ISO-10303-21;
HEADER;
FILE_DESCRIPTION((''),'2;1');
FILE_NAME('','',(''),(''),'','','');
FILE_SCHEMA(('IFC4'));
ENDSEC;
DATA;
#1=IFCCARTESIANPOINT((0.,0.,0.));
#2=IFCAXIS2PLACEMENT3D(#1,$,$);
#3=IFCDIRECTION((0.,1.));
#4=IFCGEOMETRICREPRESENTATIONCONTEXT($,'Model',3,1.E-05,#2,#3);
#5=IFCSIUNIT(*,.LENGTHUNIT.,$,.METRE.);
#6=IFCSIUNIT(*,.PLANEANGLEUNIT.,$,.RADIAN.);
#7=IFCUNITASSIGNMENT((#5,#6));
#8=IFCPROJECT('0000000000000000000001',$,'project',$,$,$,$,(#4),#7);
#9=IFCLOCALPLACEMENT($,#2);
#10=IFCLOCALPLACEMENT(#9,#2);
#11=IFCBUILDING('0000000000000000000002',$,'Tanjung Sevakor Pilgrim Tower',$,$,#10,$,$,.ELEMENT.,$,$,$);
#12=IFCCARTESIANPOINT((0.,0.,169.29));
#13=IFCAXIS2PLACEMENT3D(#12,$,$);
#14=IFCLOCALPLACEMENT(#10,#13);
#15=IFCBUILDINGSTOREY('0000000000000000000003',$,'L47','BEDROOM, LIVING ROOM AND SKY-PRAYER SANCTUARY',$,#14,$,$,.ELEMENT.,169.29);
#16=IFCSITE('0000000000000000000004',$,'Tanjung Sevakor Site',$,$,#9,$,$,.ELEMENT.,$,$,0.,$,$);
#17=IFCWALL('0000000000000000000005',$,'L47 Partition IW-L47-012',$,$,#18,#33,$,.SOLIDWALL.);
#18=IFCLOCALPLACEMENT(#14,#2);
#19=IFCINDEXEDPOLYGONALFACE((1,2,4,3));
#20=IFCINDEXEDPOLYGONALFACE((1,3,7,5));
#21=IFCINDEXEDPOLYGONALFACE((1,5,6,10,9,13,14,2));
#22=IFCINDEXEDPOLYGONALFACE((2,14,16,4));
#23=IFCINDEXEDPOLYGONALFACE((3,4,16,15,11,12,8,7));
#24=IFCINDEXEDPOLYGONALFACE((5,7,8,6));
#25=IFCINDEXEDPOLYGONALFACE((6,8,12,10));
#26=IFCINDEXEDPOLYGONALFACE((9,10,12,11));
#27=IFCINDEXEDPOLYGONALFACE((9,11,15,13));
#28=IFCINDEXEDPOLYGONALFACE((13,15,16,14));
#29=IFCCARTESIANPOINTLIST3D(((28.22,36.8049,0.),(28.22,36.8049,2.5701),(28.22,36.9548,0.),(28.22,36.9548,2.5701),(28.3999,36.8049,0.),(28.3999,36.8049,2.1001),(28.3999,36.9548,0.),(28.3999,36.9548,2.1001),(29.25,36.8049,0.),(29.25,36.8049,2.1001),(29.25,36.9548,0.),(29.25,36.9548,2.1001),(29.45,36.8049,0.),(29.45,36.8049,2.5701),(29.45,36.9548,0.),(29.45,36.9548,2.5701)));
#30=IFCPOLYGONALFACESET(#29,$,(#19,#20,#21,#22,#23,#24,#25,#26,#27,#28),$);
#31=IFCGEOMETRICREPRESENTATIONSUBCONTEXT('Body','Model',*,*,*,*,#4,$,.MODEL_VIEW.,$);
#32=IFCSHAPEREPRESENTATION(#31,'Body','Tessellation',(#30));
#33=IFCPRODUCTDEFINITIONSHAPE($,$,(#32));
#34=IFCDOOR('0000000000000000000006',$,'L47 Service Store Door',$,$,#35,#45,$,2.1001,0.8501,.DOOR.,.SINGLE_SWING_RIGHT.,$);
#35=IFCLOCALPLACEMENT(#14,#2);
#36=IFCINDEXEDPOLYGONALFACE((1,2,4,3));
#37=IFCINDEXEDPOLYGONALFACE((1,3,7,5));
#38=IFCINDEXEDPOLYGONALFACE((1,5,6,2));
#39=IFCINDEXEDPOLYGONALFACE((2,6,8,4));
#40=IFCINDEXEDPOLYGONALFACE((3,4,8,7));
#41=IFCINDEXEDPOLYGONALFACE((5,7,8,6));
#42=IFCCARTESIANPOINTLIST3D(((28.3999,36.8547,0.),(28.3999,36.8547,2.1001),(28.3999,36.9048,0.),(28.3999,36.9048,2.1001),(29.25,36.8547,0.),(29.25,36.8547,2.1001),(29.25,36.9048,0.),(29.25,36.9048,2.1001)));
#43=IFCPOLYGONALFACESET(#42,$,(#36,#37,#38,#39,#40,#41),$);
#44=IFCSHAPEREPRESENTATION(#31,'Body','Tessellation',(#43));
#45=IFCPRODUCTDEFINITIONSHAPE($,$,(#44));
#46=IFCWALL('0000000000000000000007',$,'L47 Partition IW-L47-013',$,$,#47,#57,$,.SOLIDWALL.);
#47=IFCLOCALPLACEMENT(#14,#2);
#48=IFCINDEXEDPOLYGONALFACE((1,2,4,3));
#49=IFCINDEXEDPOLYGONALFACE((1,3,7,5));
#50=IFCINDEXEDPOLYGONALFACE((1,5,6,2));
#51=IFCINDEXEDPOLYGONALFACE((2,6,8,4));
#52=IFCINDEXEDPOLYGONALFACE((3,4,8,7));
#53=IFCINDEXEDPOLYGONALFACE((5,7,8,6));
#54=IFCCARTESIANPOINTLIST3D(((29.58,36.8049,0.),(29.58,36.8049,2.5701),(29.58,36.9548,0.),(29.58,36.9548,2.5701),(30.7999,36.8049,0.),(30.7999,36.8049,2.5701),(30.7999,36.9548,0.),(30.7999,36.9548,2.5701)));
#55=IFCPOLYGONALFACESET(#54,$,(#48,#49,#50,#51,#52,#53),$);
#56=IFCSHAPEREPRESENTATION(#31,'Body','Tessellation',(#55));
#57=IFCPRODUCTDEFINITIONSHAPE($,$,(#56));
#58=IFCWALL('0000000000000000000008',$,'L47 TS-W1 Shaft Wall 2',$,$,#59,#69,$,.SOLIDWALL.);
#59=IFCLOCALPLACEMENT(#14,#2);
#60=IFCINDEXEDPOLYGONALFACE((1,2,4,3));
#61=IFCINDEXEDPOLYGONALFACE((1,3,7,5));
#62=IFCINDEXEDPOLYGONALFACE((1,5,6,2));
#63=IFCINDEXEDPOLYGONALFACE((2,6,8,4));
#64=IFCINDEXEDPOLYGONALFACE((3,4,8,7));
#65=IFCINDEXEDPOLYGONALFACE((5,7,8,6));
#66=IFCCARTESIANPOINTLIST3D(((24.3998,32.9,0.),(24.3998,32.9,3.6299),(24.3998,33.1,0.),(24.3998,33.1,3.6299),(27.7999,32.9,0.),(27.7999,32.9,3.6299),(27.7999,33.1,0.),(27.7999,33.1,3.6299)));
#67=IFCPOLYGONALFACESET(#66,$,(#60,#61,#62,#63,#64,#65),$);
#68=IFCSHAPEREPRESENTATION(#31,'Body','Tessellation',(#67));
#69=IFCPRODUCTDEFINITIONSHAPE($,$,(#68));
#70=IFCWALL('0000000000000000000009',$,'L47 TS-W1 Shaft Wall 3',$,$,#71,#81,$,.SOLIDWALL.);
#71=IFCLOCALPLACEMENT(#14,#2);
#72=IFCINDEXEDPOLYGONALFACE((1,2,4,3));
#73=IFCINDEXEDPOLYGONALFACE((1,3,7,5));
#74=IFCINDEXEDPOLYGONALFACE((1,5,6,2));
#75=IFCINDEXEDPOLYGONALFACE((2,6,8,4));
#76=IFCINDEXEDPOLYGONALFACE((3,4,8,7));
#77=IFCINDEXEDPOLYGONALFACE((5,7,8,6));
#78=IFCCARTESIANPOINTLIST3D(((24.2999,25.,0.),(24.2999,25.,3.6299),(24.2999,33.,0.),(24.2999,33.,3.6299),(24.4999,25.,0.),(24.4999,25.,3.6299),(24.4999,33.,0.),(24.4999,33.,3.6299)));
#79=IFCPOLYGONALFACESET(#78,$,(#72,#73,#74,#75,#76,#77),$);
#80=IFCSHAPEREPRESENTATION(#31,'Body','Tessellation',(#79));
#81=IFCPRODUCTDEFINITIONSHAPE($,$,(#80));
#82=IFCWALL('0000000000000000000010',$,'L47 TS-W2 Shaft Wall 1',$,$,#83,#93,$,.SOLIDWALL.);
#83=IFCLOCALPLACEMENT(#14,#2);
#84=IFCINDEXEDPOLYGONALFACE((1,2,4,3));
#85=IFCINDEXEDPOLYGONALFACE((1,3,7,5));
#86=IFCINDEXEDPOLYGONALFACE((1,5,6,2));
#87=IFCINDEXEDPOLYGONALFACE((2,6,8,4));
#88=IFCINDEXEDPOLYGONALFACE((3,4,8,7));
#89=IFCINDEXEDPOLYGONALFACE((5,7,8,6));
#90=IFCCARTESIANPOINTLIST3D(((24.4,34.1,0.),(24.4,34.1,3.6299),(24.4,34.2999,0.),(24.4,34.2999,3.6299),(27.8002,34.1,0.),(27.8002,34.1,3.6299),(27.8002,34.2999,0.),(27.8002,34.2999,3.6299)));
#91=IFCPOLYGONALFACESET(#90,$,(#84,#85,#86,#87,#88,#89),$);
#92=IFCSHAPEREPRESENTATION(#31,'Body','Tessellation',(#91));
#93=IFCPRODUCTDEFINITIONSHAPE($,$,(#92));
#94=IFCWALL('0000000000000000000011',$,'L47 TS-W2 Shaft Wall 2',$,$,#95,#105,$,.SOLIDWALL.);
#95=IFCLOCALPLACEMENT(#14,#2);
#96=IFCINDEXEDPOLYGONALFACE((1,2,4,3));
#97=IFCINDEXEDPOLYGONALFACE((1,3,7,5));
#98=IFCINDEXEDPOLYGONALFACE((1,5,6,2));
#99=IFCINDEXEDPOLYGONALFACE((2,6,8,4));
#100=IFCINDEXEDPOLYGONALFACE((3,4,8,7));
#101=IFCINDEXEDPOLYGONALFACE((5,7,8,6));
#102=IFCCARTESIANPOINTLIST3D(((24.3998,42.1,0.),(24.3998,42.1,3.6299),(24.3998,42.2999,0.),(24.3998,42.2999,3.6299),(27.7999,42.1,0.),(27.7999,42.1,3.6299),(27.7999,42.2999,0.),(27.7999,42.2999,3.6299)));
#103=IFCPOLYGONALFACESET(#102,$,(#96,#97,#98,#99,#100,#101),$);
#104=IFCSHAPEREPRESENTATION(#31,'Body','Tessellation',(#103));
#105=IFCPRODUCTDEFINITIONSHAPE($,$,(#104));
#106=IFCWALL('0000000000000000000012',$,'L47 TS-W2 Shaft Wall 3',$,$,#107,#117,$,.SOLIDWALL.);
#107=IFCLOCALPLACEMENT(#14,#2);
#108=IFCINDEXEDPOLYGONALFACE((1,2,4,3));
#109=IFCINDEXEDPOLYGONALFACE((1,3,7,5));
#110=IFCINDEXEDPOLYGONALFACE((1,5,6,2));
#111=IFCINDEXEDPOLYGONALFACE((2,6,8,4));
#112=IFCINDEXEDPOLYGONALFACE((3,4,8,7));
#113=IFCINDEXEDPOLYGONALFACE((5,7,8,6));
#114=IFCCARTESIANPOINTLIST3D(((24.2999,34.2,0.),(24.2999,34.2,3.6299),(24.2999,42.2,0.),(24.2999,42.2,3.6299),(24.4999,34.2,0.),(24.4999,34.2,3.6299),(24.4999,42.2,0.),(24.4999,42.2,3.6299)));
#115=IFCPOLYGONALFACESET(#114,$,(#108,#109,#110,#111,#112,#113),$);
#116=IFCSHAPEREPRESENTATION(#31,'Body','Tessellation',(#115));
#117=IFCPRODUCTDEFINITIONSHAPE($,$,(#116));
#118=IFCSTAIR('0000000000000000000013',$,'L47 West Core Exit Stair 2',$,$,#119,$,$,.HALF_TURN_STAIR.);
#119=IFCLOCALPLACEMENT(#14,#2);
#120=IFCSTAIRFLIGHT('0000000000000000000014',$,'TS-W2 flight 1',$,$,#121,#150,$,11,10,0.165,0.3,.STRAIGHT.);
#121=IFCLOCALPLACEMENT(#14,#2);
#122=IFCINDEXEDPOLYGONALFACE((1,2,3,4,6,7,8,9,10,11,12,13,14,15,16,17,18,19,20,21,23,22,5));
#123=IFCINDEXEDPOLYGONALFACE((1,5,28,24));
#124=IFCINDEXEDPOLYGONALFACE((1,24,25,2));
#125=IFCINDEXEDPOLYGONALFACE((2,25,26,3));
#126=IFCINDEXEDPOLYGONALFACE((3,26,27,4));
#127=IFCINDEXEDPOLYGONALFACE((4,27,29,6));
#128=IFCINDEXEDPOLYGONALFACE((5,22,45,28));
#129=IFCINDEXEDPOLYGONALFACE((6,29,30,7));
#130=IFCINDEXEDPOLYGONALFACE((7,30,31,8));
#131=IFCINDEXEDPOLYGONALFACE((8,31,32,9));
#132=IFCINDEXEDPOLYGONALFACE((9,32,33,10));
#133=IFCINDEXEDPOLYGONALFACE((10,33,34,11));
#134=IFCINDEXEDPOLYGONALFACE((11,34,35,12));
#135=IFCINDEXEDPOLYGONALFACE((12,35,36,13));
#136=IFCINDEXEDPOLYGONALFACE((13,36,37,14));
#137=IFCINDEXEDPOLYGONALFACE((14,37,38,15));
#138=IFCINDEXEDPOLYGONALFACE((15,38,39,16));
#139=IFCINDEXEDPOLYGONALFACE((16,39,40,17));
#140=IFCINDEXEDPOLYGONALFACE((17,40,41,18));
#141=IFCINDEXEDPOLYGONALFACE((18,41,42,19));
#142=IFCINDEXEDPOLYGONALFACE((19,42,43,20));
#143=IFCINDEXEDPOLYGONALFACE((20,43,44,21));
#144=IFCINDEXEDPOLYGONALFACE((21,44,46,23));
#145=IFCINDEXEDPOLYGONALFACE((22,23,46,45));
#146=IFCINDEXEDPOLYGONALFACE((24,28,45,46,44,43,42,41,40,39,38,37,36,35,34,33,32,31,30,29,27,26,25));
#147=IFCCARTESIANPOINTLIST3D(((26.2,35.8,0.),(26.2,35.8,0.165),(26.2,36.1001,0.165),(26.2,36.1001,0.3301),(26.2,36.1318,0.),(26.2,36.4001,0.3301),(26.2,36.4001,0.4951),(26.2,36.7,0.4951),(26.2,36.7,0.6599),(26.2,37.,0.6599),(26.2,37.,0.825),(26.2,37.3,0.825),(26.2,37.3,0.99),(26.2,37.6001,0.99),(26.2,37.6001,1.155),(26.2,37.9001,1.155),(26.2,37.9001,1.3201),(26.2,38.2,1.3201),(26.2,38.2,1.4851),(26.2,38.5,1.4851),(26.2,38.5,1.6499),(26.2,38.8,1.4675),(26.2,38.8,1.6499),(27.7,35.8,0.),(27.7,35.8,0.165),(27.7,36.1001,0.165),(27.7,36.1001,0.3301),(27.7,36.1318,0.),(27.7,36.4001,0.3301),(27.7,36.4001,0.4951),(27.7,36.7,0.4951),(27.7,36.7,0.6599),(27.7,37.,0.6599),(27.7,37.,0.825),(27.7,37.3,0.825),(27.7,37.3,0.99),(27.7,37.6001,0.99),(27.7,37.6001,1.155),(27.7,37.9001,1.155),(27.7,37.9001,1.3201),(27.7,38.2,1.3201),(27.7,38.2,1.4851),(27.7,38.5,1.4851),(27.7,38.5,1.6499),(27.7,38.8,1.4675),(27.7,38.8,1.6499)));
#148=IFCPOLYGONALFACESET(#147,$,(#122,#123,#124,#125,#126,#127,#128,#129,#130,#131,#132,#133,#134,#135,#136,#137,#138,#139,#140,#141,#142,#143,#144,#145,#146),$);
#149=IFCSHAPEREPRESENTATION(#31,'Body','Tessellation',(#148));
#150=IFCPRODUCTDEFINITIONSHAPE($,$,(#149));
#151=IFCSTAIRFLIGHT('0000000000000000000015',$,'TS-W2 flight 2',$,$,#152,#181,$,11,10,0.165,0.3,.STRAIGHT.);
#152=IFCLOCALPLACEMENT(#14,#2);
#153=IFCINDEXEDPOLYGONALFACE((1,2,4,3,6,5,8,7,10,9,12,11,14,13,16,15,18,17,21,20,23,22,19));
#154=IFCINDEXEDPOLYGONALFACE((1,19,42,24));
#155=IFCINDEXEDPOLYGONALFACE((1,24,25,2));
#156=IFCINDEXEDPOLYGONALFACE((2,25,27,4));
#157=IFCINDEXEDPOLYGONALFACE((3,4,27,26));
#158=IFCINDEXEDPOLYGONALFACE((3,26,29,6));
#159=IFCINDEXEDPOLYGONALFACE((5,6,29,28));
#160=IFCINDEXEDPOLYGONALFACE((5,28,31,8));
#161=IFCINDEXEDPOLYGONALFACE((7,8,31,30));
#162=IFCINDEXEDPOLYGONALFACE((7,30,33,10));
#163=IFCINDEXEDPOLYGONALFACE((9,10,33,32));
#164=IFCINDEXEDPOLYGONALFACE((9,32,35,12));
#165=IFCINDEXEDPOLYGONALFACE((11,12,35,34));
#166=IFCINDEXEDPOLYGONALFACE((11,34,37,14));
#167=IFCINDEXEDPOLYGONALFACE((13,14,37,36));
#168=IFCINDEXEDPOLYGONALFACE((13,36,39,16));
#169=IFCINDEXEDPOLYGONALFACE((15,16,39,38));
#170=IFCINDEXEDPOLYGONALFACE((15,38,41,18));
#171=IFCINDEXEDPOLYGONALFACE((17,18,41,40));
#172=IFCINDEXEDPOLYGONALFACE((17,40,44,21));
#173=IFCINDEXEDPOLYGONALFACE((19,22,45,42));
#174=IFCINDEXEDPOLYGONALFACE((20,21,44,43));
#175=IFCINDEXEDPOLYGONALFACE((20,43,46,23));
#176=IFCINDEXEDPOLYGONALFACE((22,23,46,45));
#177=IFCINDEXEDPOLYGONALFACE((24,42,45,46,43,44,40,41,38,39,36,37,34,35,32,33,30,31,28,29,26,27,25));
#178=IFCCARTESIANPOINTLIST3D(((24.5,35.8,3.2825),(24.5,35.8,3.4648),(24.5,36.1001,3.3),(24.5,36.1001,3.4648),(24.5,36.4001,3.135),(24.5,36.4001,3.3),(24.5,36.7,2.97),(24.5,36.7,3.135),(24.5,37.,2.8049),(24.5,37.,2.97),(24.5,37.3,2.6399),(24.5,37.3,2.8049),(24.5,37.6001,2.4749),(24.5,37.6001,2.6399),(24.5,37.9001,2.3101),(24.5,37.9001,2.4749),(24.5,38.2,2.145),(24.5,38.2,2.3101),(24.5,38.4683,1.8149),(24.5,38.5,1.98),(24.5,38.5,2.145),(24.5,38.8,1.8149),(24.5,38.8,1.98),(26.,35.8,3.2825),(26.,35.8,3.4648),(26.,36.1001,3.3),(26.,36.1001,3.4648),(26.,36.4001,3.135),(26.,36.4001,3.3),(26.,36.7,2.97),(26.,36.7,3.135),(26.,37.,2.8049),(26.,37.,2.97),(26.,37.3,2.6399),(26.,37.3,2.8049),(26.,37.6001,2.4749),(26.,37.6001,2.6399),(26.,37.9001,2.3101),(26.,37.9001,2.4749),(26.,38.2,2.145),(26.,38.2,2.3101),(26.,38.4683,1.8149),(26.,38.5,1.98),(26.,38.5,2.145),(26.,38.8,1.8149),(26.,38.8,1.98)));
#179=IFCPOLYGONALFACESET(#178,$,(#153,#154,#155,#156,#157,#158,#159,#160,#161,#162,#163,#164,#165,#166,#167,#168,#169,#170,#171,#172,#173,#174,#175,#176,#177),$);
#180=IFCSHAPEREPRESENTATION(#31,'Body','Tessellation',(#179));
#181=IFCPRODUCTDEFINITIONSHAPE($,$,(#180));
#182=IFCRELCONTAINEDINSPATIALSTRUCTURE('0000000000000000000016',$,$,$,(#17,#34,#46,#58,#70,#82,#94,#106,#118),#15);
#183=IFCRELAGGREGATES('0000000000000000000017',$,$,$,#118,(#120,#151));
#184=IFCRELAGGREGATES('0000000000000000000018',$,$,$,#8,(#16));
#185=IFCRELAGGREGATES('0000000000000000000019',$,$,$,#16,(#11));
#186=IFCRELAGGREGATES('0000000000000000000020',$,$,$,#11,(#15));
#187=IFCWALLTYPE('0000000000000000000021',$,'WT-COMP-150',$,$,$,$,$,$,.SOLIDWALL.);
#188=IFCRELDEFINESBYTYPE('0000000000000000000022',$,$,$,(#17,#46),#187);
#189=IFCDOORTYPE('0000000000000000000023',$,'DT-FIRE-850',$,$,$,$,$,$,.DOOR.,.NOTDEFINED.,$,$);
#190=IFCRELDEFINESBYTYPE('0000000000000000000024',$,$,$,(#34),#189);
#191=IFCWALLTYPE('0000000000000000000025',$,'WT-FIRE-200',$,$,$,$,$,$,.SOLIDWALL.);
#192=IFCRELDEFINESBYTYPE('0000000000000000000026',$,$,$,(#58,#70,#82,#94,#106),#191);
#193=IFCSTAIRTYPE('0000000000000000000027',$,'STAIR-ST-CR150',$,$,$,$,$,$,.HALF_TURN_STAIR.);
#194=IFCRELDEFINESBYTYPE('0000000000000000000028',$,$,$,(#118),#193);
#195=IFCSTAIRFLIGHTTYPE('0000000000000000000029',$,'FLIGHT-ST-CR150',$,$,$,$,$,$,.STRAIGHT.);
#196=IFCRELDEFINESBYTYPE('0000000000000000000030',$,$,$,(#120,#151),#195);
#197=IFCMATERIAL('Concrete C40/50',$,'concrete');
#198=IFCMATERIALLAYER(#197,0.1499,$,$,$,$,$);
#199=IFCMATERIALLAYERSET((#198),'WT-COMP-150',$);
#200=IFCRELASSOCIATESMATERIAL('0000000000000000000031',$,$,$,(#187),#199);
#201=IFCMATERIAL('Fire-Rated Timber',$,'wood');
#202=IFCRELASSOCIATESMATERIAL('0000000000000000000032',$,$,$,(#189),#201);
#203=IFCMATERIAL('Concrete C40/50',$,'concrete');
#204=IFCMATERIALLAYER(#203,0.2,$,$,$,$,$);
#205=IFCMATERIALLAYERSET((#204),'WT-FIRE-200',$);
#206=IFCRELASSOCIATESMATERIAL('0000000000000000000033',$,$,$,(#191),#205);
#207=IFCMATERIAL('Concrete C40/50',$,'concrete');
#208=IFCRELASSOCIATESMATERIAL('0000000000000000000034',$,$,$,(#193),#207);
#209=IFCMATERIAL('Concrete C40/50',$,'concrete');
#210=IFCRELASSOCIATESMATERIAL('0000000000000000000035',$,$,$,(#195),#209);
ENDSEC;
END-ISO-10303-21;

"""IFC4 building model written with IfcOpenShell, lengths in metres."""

from ifc_helpers import new_model, si_unit, direction, frame, frame_2d, origin, place, context, subcontext, project, spatial, polyline, rectangle, outline, extrude, material, layer, layer_set, type_object, element, fill, aggregate, save


model = new_model("IFC4")

# Units and contexts
model_context = context("Model", 3, precision=1e-05, world=origin(), true_north=direction((0.0, 1.0)))
body_context = subcontext(model_context, "Body", "Model", "MODEL_VIEW")
ifc_project = project(units=[si_unit("LENGTHUNIT", "METRE"), si_unit("PLANEANGLEUNIT", "RADIAN")], contexts=[model_context])

# Site, building, storey
site_placement = place(None, origin())
site = spatial("IfcSite", under=ifc_project, at=site_placement, Name="Tanjung Sevakor Site", CompositionType="ELEMENT", RefElevation=0.0)
building_placement = place(site_placement, origin())
building = spatial("IfcBuilding", under=site, at=building_placement, Name="Tanjung Sevakor Pilgrim Tower", CompositionType="ELEMENT")
storey_placement = place(building_placement, frame((0.0, 0.0, 169.29)))
storey = spatial("IfcBuildingStorey", under=building, at=storey_placement, Name="L47", Description="BEDROOM, LIVING ROOM AND SKY-PRAYER SANCTUARY", CompositionType="ELEMENT", Elevation=169.29)

# Shared definitions
ifc_material_1 = material(Name="Concrete C40/50", Category="concrete")
ifc_layer_1 = layer(ifc_material_1, 0.1499)
ifc_layer_set_1 = layer_set([ifc_layer_1], Name="WT-COMP-150")
wall_type_1 = type_object("IfcWallType", Name="WT-COMP-150", PredefinedType="SOLIDWALL", material=ifc_layer_set_1)
ifc_material_2 = material(Name="Fire-Rated Timber", Category="wood")
door_type = type_object("IfcDoorType", Name="DT-FIRE-850", OperationType="NOTDEFINED", PredefinedType="DOOR", material=ifc_material_2)

# Wall, opening, door
wall_1_placement = place(storey_placement, frame((28.22, 36.8799, 0.0), z_axis=(0.0, 0.0, 1.0), x_axis=(1.0, 0.0, 0.0)))
wall_1 = element("IfcWall", 1, at=wall_1_placement, inside=storey, type_object=wall_type_1, Name="L47 Partition IW-L47-012", PredefinedType="SOLIDWALL", context=body_context, shape_type="SweptSolid", body=[
    extrude(rectangle(XDim=1.23, YDim=0.1499, at=frame_2d((0.615, 0.0))), origin(), (0.0, 0.0, 1.0), 2.5701),
])
opening_1_placement = place(wall_1_placement, frame((0.1799, 0.0, 0.0)))
opening_1 = element("IfcOpeningElement", 2, at=opening_1_placement, cuts=wall_1, PredefinedType="OPENING", context=body_context, shape_type="SweptSolid", body=[
    extrude(rectangle(XDim=0.8501, YDim=2.1001, at=frame_2d((0.425, 1.05))), frame((0.0, 0.085, 0.0), z_axis=(0.0, -1.0, 0.0), x_axis=(1.0, 0.0, 0.0)), (0.0, 0.0, 1.0), 0.1699),
])
door_1_placement = place(opening_1_placement, origin())
door_1 = element("IfcDoor", 3, at=door_1_placement, inside=storey, type_object=door_type, Name="L47 Service Store Door", OperationType="SINGLE_SWING_RIGHT", OverallHeight=2.1001, OverallWidth=0.8501, PredefinedType="DOOR", context=body_context, shape_type="SweptSolid", body=[
    extrude(rectangle(XDim=0.8501, YDim=2.1001, at=frame_2d((0.425, 1.05))), frame((0.0, 0.0249, 0.0), z_axis=(0.0, -1.0, 0.0), x_axis=(1.0, 0.0, 0.0)), (0.0, 0.0, 1.0), 0.05),
])
fill(opening_1, door_1)

# Walls
wall_2_placement = place(storey_placement, frame((29.5801, 36.8799, 0.0), z_axis=(0.0, 0.0, 1.0), x_axis=(1.0, 0.0, 0.0)))
element("IfcWall", 4, at=wall_2_placement, inside=storey, type_object=wall_type_1, Name="L47 Partition IW-L47-013", PredefinedType="SOLIDWALL", context=body_context, shape_type="SweptSolid", body=[
    extrude(rectangle(XDim=1.22, YDim=0.1499, at=frame_2d((0.6099, 0.0))), origin(), (0.0, 0.0, 1.0), 2.5701),
])
ifc_material_3 = material(Name="Concrete C40/50", Category="concrete")
ifc_layer_2 = layer(ifc_material_3, 0.2)
ifc_layer_set_2 = layer_set([ifc_layer_2], Name="WT-FIRE-200")
wall_type_2 = type_object("IfcWallType", Name="WT-FIRE-200", PredefinedType="SOLIDWALL", material=ifc_layer_set_2)
wall_3_placement = place(storey_placement, frame((27.8, 33.0, 0.0), z_axis=(0.0, 0.0, 1.0), x_axis=(-1.0, 0.0, 0.0)))
element("IfcWall", 5, at=wall_3_placement, inside=storey, type_object=wall_type_2, Name="L47 TS-W1 Shaft Wall 2", PredefinedType="SOLIDWALL", context=body_context, shape_type="SweptSolid", body=[
    extrude(rectangle(XDim=3.4001, YDim=0.2, at=frame_2d((1.7002, 0.0))), origin(), (0.0, 0.0, 1.0), 3.6299),
])
wall_4_placement = place(storey_placement, frame((24.3999, 33.0, 0.0), z_axis=(0.0, 0.0, 1.0), x_axis=(0.0, -1.0, 0.0)))
element("IfcWall", 6, at=wall_4_placement, inside=storey, type_object=wall_type_2, Name="L47 TS-W1 Shaft Wall 3", PredefinedType="SOLIDWALL", context=body_context, shape_type="SweptSolid", body=[
    extrude(rectangle(XDim=8.0, YDim=0.2, at=frame_2d((4.0, 0.0))), origin(), (0.0, 0.0, 1.0), 3.6299),
])
for number, where, z_axis, x_axis, name in (
    (7, (24.3999, 34.2, 0.0), (0.0, 0.0, 1.0), (1.0, 0.0, 0.0), "L47 TS-W2 Shaft Wall 1"),
    (8, (27.8, 42.2, 0.0), (0.0, 0.0, 1.0), (-1.0, 0.0, 0.0), "L47 TS-W2 Shaft Wall 2"),
):
    element("IfcWall", number, at=place(storey_placement, frame(where, z_axis=z_axis, x_axis=x_axis)), inside=storey, type_object=wall_type_2, Name=name, PredefinedType="SOLIDWALL", context=body_context, shape_type="SweptSolid", body=[
        extrude(rectangle(XDim=3.4001, YDim=0.2, at=frame_2d((1.7002, 0.0))), origin(), (0.0, 0.0, 1.0), 3.6299),
    ])
wall_5_placement = place(storey_placement, frame((24.3999, 42.2, 0.0), z_axis=(0.0, 0.0, 1.0), x_axis=(0.0, -1.0, 0.0)))
element("IfcWall", 9, at=wall_5_placement, inside=storey, type_object=wall_type_2, Name="L47 TS-W2 Shaft Wall 3", PredefinedType="SOLIDWALL", context=body_context, shape_type="SweptSolid", body=[
    extrude(rectangle(XDim=8.0, YDim=0.2, at=frame_2d((4.0, 0.0))), origin(), (0.0, 0.0, 1.0), 3.6299),
])

# Stair, stair flights
ifc_material_4 = material(Name="Concrete C40/50", Category="concrete")
stair_type = type_object("IfcStairType", Name="STAIR-ST-CR150", PredefinedType="HALF_TURN_STAIR", material=ifc_material_4)
stair_placement = place(storey_placement, origin())
stair = element("IfcStair", 10, at=stair_placement, inside=storey, type_object=stair_type, Name="L47 West Core Exit Stair 2", PredefinedType="HALF_TURN_STAIR")
ifc_material_5 = material(Name="Concrete C40/50", Category="concrete")
stair_flight_type = type_object("IfcStairFlightType", Name="FLIGHT-ST-CR150", PredefinedType="STRAIGHT", material=ifc_material_5)
stair_flight_1_placement = place(storey_placement, frame((26.95, 35.8, 0.0), z_axis=(0.0, 0.0, 1.0), x_axis=(0.0, 1.0, 0.0)))
stair_flight_1 = element("IfcStairFlight", 11, at=stair_flight_1_placement, type_object=stair_flight_type, Name="TS-W2 flight 1", NumberOfRisers=11, NumberOfTreads=10, PredefinedType="STRAIGHT", RiserHeight=0.165, TreadLength=0.3, context=body_context, shape_type="SweptSolid", body=[
    extrude(outline(polyline([(0.0, 0.0), (0.0, 0.165), (0.3, 0.165), (0.3, 0.3301), (0.6001, 0.3301), (0.6001, 0.4951), (0.8999, 0.4951), (0.8999, 0.6599), (1.2, 0.6599), (1.2, 0.825), (1.5, 0.825), (1.5, 0.99), (1.8, 0.99), (1.8, 1.155), (2.1001, 1.155), (2.1001, 1.3201), (2.3999, 1.3201), (2.3999, 1.4851), (2.7, 1.4851), (2.7, 1.6499), (3.0, 1.6499), (3.0, 1.8149), (3.0, 1.4675), (0.3318, 0.0), (0.0, 0.0)])), frame((0.0, 0.75, 0.0), z_axis=(0.0, -1.0, 0.0), x_axis=(1.0, 0.0, 0.0)), (0.0, 0.0, 1.0), 1.5),
])
stair_flight_2_placement = place(storey_placement, frame((25.25, 38.8, 1.8149), z_axis=(0.0, 0.0, 1.0), x_axis=(0.0, -1.0, 0.0)))
stair_flight_2 = element("IfcStairFlight", 12, at=stair_flight_2_placement, type_object=stair_flight_type, Name="TS-W2 flight 2", NumberOfRisers=11, NumberOfTreads=10, PredefinedType="STRAIGHT", RiserHeight=0.165, TreadLength=0.3, context=body_context, shape_type="SweptSolid", body=[
    extrude(outline(polyline([(0.0, 0.0), (0.0, 0.165), (0.3, 0.165), (0.3, 0.3301), (0.6001, 0.3301), (0.6001, 0.4951), (0.8999, 0.4951), (0.8999, 0.6599), (1.2, 0.6599), (1.2, 0.825), (1.5, 0.825), (1.5, 0.99), (1.8, 0.99), (1.8, 1.155), (2.1001, 1.155), (2.1001, 1.3201), (2.3999, 1.3201), (2.3999, 1.4851), (2.7, 1.4851), (2.7, 1.6499), (3.0, 1.6499), (3.0, 1.8149), (3.0, 1.4675), (0.3318, 0.0), (0.0, 0.0)])), frame((0.0, 0.75, 0.0), z_axis=(0.0, -1.0, 0.0), x_axis=(1.0, 0.0, 0.0)), (0.0, 0.0, 1.0), 1.5),
])
aggregate(stair, [stair_flight_1, stair_flight_2])

save(model, "model.ifc")
